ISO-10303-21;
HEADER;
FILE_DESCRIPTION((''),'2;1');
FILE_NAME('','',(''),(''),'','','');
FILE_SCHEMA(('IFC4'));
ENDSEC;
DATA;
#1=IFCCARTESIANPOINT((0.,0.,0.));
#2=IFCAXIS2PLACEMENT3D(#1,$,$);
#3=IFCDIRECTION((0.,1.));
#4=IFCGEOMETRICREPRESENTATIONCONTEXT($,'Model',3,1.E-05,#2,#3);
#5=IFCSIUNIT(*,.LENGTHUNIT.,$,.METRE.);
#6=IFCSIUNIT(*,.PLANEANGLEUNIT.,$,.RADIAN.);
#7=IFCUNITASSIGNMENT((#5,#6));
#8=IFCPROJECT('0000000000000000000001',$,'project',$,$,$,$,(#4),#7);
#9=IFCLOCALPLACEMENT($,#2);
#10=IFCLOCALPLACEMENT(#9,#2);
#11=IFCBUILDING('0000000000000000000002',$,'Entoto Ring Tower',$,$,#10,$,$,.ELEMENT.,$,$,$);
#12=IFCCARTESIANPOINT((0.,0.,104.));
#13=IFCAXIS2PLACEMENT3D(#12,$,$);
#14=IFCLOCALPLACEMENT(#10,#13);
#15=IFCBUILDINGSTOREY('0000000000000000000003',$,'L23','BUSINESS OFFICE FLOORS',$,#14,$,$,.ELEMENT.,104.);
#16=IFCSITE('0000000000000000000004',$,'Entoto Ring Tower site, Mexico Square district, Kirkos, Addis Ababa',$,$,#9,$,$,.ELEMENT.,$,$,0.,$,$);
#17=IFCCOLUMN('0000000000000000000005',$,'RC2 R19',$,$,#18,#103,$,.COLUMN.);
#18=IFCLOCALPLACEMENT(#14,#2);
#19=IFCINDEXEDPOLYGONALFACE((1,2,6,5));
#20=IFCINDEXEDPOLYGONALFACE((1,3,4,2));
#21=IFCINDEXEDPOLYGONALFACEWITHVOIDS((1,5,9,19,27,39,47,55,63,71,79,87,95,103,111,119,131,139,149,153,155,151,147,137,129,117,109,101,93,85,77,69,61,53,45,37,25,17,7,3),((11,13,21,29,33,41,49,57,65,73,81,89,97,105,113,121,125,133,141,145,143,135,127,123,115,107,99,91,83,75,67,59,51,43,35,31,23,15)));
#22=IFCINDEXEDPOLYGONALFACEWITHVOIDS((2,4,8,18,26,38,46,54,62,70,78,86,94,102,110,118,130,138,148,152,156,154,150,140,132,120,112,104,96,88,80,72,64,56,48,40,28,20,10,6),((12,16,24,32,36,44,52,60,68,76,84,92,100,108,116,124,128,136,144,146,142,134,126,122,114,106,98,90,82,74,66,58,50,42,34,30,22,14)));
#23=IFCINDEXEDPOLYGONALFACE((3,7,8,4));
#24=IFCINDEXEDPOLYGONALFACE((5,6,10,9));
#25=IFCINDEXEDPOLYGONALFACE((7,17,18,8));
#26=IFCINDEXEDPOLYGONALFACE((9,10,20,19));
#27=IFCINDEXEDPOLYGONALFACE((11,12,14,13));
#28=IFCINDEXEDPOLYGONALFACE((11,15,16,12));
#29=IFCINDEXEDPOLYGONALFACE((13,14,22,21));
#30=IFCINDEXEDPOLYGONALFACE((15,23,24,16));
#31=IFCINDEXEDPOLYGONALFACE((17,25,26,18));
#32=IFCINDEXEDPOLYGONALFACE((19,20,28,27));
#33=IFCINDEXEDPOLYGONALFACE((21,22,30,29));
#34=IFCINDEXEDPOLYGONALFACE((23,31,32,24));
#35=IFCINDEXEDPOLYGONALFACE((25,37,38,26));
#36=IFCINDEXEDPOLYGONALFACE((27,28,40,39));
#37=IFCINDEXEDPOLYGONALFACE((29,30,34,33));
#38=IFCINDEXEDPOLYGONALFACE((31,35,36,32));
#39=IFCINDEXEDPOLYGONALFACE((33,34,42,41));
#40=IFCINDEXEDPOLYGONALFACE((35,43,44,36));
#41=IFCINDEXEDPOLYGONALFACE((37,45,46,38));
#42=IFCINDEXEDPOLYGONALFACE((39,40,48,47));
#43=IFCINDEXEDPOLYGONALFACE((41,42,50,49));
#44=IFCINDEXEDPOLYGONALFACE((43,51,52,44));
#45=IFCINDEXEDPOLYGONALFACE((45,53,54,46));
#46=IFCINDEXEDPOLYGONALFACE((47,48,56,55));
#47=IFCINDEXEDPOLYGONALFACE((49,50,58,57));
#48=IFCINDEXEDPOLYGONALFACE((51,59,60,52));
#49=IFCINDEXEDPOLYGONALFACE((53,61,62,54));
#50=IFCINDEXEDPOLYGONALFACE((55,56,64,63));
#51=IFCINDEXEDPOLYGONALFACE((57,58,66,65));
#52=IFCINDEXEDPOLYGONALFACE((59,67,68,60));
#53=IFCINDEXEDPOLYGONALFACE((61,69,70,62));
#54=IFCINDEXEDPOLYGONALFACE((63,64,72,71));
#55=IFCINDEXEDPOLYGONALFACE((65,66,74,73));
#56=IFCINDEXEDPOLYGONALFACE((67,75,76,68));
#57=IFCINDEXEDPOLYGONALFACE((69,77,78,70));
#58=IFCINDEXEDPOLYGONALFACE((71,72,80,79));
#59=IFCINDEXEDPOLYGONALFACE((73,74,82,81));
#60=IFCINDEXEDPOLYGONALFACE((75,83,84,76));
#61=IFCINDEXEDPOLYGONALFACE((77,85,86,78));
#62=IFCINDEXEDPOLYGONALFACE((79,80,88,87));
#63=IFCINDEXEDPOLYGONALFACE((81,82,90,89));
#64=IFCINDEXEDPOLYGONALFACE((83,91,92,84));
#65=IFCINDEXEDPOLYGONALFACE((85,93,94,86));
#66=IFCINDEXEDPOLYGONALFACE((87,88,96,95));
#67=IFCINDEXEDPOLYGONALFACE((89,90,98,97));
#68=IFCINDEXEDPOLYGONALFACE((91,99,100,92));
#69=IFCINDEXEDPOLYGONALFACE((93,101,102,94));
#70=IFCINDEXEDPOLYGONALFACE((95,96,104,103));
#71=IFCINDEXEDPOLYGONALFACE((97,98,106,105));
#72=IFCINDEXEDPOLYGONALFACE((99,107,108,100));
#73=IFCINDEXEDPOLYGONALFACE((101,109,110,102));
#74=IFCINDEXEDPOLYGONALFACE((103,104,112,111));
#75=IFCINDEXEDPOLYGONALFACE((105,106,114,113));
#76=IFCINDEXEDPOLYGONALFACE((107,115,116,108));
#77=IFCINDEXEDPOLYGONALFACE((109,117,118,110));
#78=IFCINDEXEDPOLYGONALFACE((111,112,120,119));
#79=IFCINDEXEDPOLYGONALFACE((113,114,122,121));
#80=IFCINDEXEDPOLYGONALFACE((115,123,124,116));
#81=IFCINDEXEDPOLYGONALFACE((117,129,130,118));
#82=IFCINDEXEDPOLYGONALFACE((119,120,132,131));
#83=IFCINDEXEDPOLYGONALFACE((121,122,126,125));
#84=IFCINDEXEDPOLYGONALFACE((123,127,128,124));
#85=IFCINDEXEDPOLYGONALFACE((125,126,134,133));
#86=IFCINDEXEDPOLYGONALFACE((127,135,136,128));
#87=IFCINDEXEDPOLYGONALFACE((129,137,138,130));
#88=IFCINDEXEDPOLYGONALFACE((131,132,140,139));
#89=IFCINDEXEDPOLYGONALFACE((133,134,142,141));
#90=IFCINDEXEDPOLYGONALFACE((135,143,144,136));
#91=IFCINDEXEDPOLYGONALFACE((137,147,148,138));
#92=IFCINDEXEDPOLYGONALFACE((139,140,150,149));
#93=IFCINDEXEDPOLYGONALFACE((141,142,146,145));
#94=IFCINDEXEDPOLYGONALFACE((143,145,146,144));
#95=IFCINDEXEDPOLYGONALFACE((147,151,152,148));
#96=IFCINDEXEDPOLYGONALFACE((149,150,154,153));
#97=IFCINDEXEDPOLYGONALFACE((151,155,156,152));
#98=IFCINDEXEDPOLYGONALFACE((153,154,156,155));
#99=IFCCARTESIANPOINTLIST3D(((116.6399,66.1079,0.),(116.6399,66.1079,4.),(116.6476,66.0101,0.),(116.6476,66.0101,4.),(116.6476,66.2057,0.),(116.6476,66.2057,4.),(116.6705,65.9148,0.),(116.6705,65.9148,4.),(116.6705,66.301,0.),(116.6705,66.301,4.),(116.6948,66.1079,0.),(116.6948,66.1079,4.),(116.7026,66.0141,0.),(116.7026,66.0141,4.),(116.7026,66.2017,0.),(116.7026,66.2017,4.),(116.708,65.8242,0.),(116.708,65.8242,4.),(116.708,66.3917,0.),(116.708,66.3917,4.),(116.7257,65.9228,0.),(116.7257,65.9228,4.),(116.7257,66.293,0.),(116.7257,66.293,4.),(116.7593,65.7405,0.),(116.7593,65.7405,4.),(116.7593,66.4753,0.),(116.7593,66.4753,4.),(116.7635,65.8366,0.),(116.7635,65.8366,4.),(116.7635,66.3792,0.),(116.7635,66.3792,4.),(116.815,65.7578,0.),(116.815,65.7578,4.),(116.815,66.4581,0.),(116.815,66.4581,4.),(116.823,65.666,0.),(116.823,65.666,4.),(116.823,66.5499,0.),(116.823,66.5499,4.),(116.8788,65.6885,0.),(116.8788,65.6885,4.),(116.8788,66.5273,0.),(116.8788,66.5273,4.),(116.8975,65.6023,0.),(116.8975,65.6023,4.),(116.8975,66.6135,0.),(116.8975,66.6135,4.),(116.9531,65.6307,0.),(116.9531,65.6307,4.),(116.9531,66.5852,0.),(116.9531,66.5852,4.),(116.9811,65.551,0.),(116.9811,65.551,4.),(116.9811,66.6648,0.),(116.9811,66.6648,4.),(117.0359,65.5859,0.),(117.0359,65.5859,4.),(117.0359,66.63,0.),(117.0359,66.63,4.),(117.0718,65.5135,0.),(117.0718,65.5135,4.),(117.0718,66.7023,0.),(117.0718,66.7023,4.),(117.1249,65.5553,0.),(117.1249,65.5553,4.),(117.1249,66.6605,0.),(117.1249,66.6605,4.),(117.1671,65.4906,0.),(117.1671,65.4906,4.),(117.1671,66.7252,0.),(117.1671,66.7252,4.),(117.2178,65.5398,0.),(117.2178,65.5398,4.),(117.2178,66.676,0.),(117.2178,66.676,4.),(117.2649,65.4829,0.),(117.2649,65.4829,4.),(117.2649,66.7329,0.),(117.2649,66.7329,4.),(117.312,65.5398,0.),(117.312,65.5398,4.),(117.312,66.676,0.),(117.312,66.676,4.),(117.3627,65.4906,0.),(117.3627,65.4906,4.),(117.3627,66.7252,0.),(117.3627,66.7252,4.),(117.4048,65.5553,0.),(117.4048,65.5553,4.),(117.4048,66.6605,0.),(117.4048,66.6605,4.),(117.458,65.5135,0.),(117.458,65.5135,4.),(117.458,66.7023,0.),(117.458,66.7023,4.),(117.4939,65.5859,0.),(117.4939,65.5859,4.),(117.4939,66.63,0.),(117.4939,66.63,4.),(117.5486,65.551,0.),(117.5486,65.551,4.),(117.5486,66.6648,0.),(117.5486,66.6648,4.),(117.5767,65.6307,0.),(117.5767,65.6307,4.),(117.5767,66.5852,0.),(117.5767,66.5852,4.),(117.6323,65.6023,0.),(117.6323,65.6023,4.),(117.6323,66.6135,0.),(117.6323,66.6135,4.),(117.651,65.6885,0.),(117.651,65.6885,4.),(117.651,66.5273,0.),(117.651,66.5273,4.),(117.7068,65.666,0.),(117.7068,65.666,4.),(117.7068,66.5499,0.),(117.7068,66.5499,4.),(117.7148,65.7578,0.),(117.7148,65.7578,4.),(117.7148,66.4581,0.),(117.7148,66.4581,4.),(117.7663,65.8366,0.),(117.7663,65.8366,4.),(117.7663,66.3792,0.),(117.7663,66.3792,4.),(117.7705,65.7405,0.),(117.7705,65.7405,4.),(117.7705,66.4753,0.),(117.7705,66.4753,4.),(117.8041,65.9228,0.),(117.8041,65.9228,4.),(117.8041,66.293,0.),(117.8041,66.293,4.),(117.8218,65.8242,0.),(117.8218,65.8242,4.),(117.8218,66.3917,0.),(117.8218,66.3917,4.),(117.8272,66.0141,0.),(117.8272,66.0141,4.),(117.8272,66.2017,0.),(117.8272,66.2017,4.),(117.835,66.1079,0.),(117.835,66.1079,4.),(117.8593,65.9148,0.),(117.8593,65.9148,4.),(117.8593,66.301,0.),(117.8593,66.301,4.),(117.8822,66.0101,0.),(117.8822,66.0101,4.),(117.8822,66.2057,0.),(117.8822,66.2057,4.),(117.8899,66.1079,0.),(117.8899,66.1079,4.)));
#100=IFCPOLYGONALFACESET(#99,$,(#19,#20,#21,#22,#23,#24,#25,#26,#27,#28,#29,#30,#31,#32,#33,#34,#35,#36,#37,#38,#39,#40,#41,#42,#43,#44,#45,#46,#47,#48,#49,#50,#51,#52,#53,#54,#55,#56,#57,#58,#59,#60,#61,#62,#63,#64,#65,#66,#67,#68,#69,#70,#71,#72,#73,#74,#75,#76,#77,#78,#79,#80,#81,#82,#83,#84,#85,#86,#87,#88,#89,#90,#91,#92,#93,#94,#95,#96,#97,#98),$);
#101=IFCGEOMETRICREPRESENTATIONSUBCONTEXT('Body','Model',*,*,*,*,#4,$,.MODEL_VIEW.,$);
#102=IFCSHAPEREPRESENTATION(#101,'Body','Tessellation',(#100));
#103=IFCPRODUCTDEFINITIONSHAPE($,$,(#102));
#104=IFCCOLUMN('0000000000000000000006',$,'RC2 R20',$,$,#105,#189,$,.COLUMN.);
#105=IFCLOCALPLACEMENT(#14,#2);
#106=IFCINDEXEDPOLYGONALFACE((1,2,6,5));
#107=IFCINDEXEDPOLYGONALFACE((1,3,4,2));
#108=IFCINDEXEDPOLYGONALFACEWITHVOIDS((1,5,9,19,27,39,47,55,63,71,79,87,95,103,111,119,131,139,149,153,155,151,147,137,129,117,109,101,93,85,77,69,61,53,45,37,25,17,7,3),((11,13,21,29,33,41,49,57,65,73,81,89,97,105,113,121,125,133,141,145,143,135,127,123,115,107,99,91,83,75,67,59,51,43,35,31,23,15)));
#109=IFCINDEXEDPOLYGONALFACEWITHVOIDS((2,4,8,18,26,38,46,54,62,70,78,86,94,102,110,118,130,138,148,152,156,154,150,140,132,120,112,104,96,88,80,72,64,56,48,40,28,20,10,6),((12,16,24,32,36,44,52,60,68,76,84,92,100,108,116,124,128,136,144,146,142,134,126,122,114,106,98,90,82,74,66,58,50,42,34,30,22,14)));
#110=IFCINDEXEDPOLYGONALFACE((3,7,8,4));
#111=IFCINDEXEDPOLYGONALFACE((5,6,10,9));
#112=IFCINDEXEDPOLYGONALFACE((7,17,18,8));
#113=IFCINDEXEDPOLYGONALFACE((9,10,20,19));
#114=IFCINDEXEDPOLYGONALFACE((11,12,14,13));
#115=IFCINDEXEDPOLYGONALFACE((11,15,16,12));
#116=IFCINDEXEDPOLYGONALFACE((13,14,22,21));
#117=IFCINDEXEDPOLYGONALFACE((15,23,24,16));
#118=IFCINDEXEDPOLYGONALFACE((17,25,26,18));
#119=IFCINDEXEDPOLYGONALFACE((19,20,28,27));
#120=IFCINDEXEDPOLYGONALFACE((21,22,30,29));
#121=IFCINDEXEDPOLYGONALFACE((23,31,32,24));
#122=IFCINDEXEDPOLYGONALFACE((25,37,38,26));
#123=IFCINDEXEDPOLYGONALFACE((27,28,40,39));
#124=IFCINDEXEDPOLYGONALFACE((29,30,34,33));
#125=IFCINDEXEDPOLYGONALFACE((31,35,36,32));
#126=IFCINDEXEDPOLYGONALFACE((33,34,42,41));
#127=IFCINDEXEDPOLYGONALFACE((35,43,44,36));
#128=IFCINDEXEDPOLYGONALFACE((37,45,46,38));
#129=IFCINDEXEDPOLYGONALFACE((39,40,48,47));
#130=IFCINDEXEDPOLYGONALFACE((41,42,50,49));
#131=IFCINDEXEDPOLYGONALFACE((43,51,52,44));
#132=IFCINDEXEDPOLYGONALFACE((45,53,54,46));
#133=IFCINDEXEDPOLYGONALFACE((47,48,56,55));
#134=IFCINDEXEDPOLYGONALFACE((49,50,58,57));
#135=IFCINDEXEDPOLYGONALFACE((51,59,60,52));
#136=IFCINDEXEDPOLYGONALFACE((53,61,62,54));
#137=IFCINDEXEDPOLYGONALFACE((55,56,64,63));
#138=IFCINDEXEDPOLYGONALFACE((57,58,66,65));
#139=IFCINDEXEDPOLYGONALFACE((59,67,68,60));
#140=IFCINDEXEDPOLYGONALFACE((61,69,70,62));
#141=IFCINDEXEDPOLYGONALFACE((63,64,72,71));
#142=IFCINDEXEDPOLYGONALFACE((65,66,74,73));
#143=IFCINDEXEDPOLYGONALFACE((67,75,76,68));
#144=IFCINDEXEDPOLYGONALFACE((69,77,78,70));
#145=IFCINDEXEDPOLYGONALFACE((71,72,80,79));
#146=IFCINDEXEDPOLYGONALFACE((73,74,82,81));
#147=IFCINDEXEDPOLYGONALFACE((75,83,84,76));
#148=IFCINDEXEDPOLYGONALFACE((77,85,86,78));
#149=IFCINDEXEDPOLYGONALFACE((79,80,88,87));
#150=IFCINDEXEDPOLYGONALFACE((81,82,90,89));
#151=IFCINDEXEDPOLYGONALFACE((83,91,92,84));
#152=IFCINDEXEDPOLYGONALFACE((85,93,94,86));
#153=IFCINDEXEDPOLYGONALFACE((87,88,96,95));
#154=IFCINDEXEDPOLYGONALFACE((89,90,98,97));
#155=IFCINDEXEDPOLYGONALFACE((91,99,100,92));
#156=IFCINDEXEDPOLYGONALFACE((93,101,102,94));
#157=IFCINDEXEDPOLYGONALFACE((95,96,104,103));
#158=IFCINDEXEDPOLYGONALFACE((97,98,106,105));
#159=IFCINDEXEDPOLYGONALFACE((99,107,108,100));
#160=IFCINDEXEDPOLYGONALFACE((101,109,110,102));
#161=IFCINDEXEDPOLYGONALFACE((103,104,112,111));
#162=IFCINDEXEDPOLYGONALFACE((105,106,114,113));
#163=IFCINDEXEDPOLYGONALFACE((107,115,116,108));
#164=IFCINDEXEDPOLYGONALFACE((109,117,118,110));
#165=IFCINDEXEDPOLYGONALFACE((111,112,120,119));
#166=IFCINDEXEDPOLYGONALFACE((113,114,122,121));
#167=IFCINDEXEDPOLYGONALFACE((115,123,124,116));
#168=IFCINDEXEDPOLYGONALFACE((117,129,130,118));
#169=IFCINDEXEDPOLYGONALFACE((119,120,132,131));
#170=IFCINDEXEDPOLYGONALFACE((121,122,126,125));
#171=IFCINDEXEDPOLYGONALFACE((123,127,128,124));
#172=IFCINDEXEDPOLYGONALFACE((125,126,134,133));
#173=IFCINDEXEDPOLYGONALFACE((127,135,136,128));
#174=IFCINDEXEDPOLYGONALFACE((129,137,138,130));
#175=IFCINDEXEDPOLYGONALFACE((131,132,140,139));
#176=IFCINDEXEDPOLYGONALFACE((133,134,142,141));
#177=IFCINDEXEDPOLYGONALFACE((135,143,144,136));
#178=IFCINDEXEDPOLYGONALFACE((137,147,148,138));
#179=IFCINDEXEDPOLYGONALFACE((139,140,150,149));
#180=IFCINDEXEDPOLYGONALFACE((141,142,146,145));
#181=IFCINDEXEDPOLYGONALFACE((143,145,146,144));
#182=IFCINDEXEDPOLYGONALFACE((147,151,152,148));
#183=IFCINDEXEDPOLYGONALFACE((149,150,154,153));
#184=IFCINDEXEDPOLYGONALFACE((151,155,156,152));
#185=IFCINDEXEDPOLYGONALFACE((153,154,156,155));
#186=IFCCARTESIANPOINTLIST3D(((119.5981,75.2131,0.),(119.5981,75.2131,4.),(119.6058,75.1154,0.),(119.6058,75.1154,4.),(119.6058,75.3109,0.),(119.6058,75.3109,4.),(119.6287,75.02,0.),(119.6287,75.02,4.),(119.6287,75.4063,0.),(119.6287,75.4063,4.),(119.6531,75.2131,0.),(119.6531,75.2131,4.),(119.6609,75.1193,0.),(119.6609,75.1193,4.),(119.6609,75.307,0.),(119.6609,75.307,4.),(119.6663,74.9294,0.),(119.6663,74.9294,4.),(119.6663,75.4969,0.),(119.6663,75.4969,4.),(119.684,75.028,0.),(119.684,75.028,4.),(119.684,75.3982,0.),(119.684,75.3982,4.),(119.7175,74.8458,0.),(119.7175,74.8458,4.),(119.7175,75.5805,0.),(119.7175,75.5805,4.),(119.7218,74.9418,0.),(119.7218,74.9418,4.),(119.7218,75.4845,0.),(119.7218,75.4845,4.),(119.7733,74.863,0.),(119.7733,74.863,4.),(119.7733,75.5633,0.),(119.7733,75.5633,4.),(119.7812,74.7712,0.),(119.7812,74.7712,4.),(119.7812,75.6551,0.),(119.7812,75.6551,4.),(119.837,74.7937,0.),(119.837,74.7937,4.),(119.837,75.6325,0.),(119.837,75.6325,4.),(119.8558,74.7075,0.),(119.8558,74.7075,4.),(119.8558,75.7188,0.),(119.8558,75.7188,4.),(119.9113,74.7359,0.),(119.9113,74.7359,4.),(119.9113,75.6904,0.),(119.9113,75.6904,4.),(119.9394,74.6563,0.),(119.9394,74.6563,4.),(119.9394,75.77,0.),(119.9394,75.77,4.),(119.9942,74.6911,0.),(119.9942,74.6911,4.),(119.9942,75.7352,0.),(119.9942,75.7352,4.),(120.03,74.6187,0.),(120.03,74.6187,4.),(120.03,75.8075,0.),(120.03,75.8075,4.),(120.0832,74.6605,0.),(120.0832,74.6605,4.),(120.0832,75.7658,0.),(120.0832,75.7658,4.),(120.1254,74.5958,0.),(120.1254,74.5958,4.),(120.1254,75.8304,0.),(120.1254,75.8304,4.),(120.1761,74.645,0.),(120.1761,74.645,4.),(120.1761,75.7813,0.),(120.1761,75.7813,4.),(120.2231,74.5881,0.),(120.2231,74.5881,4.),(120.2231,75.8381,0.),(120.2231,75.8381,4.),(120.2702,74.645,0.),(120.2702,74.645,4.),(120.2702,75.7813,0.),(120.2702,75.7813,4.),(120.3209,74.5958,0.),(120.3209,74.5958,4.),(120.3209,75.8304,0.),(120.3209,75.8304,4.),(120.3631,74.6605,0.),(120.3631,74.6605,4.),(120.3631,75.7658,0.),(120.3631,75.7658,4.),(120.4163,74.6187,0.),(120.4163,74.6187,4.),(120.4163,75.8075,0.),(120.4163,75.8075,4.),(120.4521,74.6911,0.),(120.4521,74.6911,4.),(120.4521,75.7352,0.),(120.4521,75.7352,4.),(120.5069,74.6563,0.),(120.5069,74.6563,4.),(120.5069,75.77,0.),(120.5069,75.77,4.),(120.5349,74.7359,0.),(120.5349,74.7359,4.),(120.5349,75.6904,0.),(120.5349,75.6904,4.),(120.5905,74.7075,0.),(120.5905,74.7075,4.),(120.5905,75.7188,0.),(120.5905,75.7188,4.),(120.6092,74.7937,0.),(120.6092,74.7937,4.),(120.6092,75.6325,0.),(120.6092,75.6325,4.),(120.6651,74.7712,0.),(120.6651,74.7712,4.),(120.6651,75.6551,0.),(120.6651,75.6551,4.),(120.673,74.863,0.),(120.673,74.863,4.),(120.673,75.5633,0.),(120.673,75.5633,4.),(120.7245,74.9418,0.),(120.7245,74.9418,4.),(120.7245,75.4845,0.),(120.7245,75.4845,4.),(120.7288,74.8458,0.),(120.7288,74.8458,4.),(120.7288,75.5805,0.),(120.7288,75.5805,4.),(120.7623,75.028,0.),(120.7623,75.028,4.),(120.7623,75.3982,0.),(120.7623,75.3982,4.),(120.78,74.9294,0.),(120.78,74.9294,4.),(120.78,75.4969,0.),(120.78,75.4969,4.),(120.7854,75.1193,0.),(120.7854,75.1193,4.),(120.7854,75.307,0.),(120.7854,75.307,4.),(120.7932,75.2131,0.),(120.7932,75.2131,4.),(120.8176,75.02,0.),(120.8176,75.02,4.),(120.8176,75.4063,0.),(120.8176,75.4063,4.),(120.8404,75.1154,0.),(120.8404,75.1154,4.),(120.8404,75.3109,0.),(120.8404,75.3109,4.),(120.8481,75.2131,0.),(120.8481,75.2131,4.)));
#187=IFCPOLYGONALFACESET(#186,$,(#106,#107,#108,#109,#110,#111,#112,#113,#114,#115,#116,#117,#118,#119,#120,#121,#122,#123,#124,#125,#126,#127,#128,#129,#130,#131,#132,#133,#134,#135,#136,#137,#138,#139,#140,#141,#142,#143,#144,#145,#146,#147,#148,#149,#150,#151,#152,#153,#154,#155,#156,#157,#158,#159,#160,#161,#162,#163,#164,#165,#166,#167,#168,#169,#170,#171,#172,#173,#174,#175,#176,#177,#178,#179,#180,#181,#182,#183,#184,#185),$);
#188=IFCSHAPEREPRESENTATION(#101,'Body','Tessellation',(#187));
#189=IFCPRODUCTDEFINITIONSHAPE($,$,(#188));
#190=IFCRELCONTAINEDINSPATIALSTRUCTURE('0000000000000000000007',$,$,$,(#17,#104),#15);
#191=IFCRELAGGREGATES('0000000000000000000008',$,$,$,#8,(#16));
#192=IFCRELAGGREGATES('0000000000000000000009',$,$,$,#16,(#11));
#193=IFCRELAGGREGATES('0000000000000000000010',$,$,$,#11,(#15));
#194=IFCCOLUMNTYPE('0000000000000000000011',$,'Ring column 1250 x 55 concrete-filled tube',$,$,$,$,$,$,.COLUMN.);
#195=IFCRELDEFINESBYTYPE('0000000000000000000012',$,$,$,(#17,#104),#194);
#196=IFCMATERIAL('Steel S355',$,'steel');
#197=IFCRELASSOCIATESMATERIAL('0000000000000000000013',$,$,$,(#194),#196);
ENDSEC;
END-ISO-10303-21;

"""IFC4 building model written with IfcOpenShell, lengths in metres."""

from ifc_helpers import new_model, si_unit, direction, frame, origin, origin_2d, place, context, subcontext, project, spatial, circle, hollow_circle, extrude, material, material_profile, profile_set, type_object, element, save


model = new_model("IFC4")

# Units and contexts
model_context = context("Model", 3, precision=1e-05, world=origin(), true_north=direction((0.0, 1.0)))
body_context = subcontext(model_context, "Body", "Model", "MODEL_VIEW")
ifc_project = project(units=[si_unit("LENGTHUNIT", "METRE"), si_unit("PLANEANGLEUNIT", "RADIAN")], contexts=[model_context])

# Site, building, storey
site_placement = place(None, origin())
site = spatial("IfcSite", under=ifc_project, at=site_placement, Name="Entoto Ring Tower site, Mexico Square district, Kirkos, Addis Ababa", CompositionType="ELEMENT", RefElevation=0.0)
building_placement = place(site_placement, origin())
building = spatial("IfcBuilding", under=site, at=building_placement, Name="Entoto Ring Tower", CompositionType="ELEMENT")
storey_placement = place(building_placement, frame((0.0, 0.0, 104.0)))
storey = spatial("IfcBuildingStorey", under=building, at=storey_placement, Name="L23", Description="BUSINESS OFFICE FLOORS", CompositionType="ELEMENT", Elevation=104.0)

# Columns
ifc_material_1 = material(Name="Steel S355", Category="steel")
ifc_material_profile_1 = material_profile(ifc_material_1, hollow_circle(Radius=0.625, WallThickness=0.0549, at=origin_2d()), Name="CHS 1250 x 55")
ifc_material_2 = material(Name="Concrete C60/75", Category="concrete")
ifc_material_profile_2 = material_profile(ifc_material_2, circle(Radius=0.5701, at=origin_2d()), Name="Concrete C60/75 infill")
ifc_profile_set_1 = profile_set([ifc_material_profile_1, ifc_material_profile_2], Name="Steel S355")
column_type = type_object("IfcColumnType", Name="Ring column 1250 x 55 concrete-filled tube", PredefinedType="COLUMN", material=ifc_profile_set_1)
for number, where, z_axis, x_axis, name in (
    (1, (117.2649, 66.1079, 0.0), (0.0, 0.0, 1.0), (1.0, 0.0, 0.0), "RC2 R19"),
    (2, (120.2231, 75.2131, 0.0), (0.0, 0.0, 1.0), (1.0, 0.0, 0.0), "RC2 R20"),
):
    element("IfcColumn", number, at=place(storey_placement, frame(where, z_axis=z_axis, x_axis=x_axis)), inside=storey, type_object=column_type, Name=name, PredefinedType="COLUMN", context=body_context, shape_type="SweptSolid", body=[
        extrude(hollow_circle(Radius=0.625, WallThickness=0.0549, at=origin_2d()), origin(), (0.0, 0.0, 1.0), 4.0),
    ])

save(model, "model.ifc")
